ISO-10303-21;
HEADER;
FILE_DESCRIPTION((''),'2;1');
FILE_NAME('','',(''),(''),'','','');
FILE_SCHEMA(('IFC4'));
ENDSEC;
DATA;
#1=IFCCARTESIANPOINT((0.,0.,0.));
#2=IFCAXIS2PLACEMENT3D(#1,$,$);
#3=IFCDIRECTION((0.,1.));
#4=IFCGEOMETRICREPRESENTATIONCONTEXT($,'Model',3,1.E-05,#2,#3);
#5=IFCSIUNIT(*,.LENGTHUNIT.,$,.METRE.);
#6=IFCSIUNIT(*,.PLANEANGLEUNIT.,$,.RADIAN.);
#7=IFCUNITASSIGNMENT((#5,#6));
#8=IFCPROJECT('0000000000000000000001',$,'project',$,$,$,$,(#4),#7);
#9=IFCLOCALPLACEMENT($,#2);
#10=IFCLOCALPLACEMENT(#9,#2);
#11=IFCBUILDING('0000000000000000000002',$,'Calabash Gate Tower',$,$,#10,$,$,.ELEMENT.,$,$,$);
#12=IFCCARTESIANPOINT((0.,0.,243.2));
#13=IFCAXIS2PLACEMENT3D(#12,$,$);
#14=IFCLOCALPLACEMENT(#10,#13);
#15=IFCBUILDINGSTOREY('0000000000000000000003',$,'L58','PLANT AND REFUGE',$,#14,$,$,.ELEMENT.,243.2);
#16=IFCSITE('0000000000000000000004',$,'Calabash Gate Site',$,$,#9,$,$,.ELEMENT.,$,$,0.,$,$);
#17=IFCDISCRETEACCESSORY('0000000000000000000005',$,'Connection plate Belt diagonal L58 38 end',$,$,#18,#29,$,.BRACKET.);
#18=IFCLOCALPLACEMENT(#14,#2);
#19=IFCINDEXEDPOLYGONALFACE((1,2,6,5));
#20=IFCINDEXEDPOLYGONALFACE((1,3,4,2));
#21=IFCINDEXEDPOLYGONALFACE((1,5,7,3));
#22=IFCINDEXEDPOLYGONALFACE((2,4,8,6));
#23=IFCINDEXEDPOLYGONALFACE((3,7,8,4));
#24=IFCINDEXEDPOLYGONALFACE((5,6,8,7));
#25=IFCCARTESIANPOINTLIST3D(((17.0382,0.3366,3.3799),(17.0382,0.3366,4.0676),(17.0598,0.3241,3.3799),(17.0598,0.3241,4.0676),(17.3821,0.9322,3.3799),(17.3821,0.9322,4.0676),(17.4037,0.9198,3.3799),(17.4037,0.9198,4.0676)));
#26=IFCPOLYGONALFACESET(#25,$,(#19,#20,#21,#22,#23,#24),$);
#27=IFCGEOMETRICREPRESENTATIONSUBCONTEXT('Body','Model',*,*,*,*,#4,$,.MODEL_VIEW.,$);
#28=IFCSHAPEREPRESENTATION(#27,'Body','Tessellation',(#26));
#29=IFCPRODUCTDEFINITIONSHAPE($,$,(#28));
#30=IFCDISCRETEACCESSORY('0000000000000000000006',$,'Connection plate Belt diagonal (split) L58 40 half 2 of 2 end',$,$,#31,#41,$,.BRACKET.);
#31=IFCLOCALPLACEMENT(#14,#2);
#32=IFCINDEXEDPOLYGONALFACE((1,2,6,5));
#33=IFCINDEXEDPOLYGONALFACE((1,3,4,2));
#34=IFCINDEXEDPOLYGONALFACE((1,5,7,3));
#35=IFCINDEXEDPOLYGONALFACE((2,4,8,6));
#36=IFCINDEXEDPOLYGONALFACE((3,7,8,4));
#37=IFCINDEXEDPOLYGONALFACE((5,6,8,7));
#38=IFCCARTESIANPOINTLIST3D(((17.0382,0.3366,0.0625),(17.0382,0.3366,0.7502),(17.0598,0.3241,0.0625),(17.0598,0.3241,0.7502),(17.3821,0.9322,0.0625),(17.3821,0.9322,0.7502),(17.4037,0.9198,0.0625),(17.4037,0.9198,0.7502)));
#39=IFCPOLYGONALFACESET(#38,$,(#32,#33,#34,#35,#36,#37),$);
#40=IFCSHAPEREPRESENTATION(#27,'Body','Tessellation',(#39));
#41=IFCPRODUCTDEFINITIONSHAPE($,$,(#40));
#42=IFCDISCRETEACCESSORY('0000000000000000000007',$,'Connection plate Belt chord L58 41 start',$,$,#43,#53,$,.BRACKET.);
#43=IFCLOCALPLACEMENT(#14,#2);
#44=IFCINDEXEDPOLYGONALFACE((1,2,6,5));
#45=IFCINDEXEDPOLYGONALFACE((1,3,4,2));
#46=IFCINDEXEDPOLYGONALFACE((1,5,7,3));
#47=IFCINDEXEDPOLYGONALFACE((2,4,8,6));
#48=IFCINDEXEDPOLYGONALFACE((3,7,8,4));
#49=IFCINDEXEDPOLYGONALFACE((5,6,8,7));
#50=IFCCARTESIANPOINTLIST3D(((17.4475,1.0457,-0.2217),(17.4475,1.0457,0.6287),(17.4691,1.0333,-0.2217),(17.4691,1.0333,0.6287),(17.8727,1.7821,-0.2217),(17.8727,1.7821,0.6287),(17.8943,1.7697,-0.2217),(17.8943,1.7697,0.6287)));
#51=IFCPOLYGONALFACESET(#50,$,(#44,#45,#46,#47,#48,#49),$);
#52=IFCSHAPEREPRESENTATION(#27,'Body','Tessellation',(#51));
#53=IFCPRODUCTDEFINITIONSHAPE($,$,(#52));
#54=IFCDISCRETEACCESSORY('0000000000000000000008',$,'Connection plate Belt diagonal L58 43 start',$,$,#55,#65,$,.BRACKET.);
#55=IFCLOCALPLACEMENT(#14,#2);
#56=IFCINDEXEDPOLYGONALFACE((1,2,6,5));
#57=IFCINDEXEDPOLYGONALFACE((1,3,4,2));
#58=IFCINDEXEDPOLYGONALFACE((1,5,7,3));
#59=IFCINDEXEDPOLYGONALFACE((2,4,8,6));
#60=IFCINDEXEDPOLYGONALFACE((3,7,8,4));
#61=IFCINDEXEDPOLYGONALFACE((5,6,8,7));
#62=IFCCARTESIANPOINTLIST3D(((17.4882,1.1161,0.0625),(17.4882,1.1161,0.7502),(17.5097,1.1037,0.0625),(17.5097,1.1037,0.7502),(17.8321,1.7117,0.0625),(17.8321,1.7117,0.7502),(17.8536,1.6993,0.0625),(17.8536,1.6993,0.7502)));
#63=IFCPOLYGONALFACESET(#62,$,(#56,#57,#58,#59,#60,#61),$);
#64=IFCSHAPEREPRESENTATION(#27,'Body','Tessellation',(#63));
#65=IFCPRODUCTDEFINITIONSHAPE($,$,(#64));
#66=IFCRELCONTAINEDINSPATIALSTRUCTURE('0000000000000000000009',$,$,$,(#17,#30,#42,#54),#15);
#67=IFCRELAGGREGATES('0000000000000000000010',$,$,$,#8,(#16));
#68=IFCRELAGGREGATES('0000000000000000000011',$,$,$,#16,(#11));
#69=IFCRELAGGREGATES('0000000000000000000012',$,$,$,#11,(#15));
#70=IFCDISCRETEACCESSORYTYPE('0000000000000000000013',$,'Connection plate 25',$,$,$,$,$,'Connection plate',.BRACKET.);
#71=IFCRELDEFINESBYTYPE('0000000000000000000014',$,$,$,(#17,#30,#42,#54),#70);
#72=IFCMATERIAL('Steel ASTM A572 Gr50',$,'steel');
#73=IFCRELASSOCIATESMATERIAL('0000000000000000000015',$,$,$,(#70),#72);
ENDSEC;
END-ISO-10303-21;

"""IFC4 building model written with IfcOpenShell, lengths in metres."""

from ifc_helpers import new_model, si_unit, direction, frame, origin, origin_2d, place, context, subcontext, project, spatial, rectangle, extrude, material, type_object, element, save


model = new_model("IFC4")

# Units and contexts
model_context = context("Model", 3, precision=1e-05, world=origin(), true_north=direction((0.0, 1.0)))
body_context = subcontext(model_context, "Body", "Model", "MODEL_VIEW")
ifc_project = project(units=[si_unit("LENGTHUNIT", "METRE"), si_unit("PLANEANGLEUNIT", "RADIAN")], contexts=[model_context])

# Site, building, storey
site_placement = place(None, origin())
site = spatial("IfcSite", under=ifc_project, at=site_placement, Name="Calabash Gate Site", CompositionType="ELEMENT", RefElevation=0.0)
building_placement = place(site_placement, origin())
building = spatial("IfcBuilding", under=site, at=building_placement, Name="Calabash Gate Tower", CompositionType="ELEMENT")
storey_placement = place(building_placement, frame((0.0, 0.0, 243.2)))
storey = spatial("IfcBuildingStorey", under=building, at=storey_placement, Name="L58", Description="PLANT AND REFUGE", CompositionType="ELEMENT", Elevation=243.2)

# Discrete accessories
ifc_material_1 = material(Name="Steel ASTM A572 Gr50", Category="steel")
discrete_accessory_type = type_object("IfcDiscreteAccessoryType", Name="Connection plate 25", ElementType="Connection plate", PredefinedType="BRACKET", material=ifc_material_1)
for number, where, z_axis, x_axis, name in (
    (1, (17.2209, 0.6282, 3.3799), (0.0, 0.0, 1.0), (0.5, 0.866025, 0.0), "Connection plate Belt diagonal L58 38 end"),
    (2, (17.2209, 0.6282, 0.0625), (0.0, 0.0, 1.0), (0.5, 0.866025, 0.0), "Connection plate Belt diagonal (split) L58 40 half 2 of 2 end"),
):
    element("IfcDiscreteAccessory", number, at=place(storey_placement, frame(where, z_axis=z_axis, x_axis=x_axis)), inside=storey, type_object=discrete_accessory_type, Name=name, PredefinedType="BRACKET", context=body_context, shape_type="SweptSolid", body=[
        extrude(rectangle(XDim=0.6877, YDim=0.0249, at=origin_2d()), origin(), (0.0, 0.0, 1.0), 0.6877),
    ])
discrete_accessory_1_placement = place(storey_placement, frame((17.6709, 1.4077, -0.2217), z_axis=(0.0, 0.0, 1.0), x_axis=(0.5, 0.866025, 0.0)))
element("IfcDiscreteAccessory", 3, at=discrete_accessory_1_placement, inside=storey, type_object=discrete_accessory_type, Name="Connection plate Belt chord L58 41 start", PredefinedType="BRACKET", context=body_context, shape_type="SweptSolid", body=[
    extrude(rectangle(XDim=0.8503, YDim=0.0249, at=origin_2d()), origin(), (0.0, 0.0, 1.0), 0.8503),
])
discrete_accessory_2_placement = place(storey_placement, frame((17.6709, 1.4077, 0.0625), z_axis=(0.0, 0.0, 1.0), x_axis=(0.5, 0.866025, 0.0)))
element("IfcDiscreteAccessory", 4, at=discrete_accessory_2_placement, inside=storey, type_object=discrete_accessory_type, Name="Connection plate Belt diagonal L58 43 start", PredefinedType="BRACKET", context=body_context, shape_type="SweptSolid", body=[
    extrude(rectangle(XDim=0.6877, YDim=0.0249, at=origin_2d()), origin(), (0.0, 0.0, 1.0), 0.6877),
])

save(model, "model.ifc")
